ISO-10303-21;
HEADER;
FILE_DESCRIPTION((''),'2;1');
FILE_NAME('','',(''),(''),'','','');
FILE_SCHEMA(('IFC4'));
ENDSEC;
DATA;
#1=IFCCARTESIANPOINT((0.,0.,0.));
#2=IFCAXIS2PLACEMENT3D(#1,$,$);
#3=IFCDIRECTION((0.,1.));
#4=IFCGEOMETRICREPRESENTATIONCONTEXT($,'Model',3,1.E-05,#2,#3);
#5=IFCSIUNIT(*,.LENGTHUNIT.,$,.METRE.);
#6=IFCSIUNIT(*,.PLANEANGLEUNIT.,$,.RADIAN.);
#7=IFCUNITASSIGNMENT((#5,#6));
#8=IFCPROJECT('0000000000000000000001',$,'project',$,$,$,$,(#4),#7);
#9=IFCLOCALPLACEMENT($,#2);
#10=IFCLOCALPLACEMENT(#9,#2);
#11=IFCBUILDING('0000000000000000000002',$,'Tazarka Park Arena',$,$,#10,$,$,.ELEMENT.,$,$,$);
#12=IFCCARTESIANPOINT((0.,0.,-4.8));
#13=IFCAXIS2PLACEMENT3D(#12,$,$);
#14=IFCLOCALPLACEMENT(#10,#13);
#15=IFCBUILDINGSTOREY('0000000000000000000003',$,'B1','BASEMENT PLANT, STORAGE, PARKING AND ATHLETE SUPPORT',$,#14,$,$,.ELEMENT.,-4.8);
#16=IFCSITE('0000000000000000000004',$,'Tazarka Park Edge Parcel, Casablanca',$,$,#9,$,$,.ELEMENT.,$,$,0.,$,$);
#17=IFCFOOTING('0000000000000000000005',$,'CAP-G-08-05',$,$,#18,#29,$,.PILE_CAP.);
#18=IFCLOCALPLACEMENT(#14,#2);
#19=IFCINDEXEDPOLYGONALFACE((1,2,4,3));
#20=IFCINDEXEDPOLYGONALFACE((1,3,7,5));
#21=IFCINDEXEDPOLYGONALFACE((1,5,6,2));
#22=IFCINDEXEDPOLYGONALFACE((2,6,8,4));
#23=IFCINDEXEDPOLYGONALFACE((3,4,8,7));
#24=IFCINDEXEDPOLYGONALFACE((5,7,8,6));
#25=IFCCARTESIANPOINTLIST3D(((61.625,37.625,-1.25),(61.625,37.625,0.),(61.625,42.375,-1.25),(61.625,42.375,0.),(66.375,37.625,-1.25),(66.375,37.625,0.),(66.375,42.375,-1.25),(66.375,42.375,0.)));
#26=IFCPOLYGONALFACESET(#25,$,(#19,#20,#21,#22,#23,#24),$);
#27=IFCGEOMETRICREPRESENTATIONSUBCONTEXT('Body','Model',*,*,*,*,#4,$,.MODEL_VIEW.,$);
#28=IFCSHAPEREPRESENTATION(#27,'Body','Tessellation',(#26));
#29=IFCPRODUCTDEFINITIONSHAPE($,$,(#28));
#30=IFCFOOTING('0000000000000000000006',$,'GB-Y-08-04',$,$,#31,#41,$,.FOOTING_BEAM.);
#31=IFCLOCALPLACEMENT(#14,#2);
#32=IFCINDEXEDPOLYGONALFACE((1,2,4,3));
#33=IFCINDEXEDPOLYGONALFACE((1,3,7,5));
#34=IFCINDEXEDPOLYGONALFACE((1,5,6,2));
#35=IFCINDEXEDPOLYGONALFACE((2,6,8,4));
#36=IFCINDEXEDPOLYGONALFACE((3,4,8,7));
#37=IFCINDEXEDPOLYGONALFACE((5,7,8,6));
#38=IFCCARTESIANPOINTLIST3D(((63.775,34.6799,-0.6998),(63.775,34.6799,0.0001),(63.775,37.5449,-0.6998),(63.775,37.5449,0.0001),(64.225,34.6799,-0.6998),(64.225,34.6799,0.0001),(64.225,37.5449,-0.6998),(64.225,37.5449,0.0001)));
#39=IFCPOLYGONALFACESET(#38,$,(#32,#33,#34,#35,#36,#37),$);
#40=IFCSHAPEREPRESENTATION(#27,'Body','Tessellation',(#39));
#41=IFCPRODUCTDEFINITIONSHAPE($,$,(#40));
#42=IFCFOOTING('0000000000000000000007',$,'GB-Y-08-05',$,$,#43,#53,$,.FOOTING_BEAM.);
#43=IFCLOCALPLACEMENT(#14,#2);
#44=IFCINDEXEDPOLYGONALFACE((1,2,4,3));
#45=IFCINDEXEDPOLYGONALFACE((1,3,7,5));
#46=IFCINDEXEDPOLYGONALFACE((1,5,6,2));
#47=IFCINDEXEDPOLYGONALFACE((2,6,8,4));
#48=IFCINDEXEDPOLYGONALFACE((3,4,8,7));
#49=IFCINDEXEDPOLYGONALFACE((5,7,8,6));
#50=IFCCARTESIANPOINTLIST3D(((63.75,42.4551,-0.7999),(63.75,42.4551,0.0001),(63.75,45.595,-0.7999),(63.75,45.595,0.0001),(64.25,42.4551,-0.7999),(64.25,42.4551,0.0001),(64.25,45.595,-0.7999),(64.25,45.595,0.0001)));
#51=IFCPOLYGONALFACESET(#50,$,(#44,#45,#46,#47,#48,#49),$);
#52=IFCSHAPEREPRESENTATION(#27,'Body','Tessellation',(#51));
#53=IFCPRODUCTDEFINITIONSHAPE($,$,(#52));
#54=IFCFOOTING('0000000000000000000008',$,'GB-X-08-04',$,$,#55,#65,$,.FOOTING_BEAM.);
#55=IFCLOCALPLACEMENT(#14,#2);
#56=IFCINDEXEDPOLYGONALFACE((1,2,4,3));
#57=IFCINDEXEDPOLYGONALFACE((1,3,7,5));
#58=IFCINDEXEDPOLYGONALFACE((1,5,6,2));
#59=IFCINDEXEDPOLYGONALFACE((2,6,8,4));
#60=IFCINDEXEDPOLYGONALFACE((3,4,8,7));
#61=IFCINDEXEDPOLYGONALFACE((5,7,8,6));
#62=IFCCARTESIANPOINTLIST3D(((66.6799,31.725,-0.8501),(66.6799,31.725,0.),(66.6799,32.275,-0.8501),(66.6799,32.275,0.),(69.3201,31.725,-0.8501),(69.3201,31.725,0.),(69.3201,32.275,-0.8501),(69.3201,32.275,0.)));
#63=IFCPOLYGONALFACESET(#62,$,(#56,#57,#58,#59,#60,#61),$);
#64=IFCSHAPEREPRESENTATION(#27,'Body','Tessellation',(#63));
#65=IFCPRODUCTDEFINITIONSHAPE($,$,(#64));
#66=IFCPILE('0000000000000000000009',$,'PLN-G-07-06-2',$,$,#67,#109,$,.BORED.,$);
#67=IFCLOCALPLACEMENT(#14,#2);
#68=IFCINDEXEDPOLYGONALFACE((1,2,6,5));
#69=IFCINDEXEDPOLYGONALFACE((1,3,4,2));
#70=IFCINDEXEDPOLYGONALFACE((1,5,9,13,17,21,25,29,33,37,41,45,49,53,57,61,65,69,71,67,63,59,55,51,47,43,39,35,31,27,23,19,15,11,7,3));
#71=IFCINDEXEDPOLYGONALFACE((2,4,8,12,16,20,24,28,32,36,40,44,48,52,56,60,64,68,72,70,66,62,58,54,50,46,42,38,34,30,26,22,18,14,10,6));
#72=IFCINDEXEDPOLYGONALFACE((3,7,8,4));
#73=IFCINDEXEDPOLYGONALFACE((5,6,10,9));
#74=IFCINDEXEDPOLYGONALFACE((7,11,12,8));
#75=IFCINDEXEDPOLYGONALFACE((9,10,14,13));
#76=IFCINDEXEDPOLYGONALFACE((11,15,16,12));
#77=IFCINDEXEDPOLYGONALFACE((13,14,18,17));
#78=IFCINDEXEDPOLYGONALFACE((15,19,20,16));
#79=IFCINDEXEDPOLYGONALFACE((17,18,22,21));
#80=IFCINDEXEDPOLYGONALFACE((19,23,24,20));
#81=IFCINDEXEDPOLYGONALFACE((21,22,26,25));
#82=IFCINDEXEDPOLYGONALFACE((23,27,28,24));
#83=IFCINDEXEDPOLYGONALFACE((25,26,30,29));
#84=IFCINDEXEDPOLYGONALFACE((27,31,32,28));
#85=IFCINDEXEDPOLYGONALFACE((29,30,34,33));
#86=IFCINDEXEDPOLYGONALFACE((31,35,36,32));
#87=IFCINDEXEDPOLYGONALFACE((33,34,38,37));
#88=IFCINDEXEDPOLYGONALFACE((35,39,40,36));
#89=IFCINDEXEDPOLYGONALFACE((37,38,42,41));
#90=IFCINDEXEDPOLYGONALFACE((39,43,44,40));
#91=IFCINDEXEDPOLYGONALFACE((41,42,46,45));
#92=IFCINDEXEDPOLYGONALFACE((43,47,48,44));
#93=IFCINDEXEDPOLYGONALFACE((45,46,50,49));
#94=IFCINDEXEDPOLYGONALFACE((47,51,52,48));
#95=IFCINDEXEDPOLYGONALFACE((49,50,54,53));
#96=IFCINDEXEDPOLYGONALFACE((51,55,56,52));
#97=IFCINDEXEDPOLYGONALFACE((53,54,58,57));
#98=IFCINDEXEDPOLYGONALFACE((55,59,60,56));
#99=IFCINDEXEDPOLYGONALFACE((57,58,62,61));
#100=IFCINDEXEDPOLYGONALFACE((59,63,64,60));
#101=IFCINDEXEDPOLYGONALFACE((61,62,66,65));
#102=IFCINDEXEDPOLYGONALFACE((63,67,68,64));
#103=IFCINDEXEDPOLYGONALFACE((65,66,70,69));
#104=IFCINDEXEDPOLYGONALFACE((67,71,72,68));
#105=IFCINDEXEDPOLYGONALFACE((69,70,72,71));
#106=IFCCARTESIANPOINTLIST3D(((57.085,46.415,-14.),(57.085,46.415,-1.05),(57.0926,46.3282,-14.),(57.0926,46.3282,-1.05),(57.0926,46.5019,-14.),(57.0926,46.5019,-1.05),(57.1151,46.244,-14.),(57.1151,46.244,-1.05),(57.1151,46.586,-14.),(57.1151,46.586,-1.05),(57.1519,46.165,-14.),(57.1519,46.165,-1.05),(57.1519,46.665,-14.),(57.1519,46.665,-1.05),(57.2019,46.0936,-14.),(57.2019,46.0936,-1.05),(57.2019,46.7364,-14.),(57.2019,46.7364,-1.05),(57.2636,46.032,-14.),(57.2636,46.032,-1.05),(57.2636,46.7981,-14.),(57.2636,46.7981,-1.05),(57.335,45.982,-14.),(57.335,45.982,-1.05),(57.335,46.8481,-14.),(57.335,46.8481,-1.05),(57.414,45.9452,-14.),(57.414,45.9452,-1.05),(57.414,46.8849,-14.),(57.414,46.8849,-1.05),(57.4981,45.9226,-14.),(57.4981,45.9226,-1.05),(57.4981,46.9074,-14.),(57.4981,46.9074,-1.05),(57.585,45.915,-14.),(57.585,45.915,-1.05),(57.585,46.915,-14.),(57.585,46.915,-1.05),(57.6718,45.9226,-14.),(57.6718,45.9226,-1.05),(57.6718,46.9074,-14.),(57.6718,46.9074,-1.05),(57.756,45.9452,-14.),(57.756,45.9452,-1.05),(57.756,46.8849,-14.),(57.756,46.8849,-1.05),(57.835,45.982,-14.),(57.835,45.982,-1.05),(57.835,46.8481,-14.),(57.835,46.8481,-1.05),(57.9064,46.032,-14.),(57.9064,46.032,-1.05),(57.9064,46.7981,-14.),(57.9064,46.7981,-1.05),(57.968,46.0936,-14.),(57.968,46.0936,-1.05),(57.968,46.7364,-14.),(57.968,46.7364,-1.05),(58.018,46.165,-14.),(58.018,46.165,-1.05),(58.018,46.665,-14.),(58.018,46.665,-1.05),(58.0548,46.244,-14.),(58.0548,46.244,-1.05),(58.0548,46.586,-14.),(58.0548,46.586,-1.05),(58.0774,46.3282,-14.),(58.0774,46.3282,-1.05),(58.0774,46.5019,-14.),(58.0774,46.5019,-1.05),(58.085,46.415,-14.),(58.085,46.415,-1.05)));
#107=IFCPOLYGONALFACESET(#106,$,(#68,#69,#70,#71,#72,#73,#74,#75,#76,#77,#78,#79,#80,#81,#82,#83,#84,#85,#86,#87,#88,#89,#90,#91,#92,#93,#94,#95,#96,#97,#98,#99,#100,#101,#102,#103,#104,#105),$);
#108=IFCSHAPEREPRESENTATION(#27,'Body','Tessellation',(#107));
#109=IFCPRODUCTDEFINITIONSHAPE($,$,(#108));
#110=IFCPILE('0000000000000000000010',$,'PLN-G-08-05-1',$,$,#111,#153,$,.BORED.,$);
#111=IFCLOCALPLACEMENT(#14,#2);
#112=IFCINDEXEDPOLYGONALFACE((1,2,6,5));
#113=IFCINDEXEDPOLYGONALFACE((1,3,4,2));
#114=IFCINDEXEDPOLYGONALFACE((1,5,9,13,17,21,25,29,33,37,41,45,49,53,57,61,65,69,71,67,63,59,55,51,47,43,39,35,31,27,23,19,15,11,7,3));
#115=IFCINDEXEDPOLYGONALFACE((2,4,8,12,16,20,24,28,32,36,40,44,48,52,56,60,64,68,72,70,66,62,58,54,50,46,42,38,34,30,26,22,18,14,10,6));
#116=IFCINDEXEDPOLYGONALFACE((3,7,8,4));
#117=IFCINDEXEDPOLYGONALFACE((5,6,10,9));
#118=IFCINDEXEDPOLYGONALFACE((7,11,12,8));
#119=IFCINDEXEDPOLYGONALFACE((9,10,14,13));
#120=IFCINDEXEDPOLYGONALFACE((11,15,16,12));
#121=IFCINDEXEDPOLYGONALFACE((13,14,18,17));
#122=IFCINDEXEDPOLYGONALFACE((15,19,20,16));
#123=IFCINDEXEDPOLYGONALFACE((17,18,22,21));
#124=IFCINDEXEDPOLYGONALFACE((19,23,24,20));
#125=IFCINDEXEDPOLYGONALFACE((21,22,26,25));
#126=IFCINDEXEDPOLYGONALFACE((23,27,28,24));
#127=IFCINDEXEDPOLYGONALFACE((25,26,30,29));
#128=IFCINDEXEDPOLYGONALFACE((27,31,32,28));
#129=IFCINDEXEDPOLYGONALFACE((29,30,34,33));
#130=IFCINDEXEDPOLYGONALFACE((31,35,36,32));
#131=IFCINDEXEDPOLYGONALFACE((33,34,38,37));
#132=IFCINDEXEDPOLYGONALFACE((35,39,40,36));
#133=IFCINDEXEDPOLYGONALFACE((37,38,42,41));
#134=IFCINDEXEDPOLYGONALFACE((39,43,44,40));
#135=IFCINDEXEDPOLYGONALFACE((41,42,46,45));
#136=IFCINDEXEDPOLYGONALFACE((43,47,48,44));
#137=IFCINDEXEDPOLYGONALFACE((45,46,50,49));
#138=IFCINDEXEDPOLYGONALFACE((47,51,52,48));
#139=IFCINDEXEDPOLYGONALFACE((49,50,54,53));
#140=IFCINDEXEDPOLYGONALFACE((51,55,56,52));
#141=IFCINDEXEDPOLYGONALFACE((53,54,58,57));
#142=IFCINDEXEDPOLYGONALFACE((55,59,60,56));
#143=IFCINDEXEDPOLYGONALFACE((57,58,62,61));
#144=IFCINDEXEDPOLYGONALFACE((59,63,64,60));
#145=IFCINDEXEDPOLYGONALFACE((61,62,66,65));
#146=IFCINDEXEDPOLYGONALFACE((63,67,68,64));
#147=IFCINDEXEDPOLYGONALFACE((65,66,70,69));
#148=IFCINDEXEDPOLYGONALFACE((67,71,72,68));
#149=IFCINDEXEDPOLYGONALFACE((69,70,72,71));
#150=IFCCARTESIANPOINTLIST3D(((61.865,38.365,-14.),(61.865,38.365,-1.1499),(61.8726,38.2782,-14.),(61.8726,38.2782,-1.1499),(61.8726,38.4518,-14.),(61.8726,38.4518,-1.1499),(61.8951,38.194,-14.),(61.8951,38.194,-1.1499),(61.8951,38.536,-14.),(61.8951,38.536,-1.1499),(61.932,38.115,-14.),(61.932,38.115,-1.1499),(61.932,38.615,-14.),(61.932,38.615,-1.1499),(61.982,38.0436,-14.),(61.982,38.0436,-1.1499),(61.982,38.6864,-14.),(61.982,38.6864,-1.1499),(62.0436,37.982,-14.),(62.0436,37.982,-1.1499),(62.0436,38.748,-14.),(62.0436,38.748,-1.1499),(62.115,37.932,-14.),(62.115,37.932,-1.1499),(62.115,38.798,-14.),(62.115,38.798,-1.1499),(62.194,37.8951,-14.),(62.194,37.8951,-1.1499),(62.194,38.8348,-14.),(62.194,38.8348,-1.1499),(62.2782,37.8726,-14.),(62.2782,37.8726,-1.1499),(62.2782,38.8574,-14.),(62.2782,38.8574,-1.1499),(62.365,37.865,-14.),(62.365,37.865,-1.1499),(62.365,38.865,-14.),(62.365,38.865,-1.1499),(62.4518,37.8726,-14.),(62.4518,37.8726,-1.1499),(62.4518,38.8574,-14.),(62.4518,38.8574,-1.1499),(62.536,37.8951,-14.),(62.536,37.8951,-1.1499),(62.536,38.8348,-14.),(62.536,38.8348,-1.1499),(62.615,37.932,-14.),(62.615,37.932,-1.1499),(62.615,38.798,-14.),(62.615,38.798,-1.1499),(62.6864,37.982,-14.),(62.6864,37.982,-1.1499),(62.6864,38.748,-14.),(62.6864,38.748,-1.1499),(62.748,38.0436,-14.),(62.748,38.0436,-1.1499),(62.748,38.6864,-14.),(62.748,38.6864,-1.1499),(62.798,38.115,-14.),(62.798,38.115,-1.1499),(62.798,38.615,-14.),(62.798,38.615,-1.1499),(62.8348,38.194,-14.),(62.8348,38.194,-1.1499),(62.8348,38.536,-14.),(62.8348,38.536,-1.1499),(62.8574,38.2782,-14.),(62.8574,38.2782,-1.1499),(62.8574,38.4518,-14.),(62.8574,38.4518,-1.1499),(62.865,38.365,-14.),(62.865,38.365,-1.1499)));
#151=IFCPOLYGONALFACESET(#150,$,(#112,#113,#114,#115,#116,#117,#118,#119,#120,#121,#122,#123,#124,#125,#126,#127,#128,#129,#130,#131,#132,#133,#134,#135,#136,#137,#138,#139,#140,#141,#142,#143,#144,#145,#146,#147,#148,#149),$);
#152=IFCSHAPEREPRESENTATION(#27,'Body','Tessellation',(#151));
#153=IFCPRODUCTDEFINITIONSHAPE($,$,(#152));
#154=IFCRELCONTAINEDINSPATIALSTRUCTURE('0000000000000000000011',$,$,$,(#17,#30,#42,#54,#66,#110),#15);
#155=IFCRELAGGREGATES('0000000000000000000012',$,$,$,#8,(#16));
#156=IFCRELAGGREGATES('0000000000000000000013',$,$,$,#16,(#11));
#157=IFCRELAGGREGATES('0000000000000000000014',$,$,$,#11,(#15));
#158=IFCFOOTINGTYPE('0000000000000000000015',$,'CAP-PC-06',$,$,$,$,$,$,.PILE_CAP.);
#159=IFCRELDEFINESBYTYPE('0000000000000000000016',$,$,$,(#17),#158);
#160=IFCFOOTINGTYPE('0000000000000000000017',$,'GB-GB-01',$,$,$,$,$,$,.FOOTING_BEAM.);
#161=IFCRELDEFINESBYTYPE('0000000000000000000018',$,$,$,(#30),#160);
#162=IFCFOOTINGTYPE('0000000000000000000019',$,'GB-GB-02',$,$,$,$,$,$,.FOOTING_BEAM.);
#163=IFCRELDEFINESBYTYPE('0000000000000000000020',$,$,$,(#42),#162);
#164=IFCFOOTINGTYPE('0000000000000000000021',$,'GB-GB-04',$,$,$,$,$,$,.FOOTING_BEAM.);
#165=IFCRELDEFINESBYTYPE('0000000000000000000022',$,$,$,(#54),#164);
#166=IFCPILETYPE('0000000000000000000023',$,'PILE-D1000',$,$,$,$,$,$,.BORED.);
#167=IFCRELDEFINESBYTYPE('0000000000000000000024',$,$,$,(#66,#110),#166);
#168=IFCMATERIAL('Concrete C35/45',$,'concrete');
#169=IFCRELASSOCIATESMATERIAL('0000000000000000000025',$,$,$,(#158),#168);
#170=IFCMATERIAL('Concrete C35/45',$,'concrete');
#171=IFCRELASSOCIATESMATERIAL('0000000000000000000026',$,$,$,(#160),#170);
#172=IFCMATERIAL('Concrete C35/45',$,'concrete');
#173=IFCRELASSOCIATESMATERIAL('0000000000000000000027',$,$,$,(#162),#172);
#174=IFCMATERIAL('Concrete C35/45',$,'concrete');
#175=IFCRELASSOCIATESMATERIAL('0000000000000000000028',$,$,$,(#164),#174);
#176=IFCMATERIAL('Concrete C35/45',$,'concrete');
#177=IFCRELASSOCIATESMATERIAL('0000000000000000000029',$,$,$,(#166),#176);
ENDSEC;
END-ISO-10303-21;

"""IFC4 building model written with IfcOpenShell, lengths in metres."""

from ifc_helpers import new_model, si_unit, direction, frame, origin, origin_2d, place, context, subcontext, project, spatial, rectangle, circle, extrude, material, material_profile, profile_set, type_object, element, save


model = new_model("IFC4")

# Units and contexts
model_context = context("Model", 3, precision=1e-05, world=origin(), true_north=direction((0.0, 1.0)))
body_context = subcontext(model_context, "Body", "Model", "MODEL_VIEW")
ifc_project = project(units=[si_unit("LENGTHUNIT", "METRE"), si_unit("PLANEANGLEUNIT", "RADIAN")], contexts=[model_context])

# Site, building, storey
site_placement = place(None, origin())
site = spatial("IfcSite", under=ifc_project, at=site_placement, Name="Tazarka Park Edge Parcel, Casablanca", CompositionType="ELEMENT", RefElevation=0.0)
building_placement = place(site_placement, origin())
building = spatial("IfcBuilding", under=site, at=building_placement, Name="Tazarka Park Arena", CompositionType="ELEMENT")
storey_placement = place(building_placement, frame((0.0, 0.0, -4.8)))
storey = spatial("IfcBuildingStorey", under=building, at=storey_placement, Name="B1", Description="BASEMENT PLANT, STORAGE, PARKING AND ATHLETE SUPPORT", CompositionType="ELEMENT", Elevation=-4.8)

# Footings
ifc_material_1 = material(Name="Concrete C35/45", Category="concrete")
footing_type_1 = type_object("IfcFootingType", Name="CAP-PC-06", PredefinedType="PILE_CAP", material=ifc_material_1)
footing_1_placement = place(storey_placement, frame((64.0, 40.0, -1.25), z_axis=(0.0, 0.0, 1.0), x_axis=(1.0, 0.0, 0.0)))
element("IfcFooting", 1, at=footing_1_placement, inside=storey, type_object=footing_type_1, Name="CAP-G-08-05", PredefinedType="PILE_CAP", context=body_context, shape_type="SweptSolid", body=[
    extrude(rectangle(XDim=4.75, YDim=4.75, at=origin_2d()), origin(), (0.0, 0.0, 1.0), 1.25),
])
ifc_material_2 = material(Name="Concrete C35/45", Category="concrete")
ifc_material_profile_1 = material_profile(ifc_material_2, rectangle(XDim=0.45, YDim=0.7, at=origin_2d()), Name="Concrete C35/45")
ifc_profile_set_1 = profile_set([ifc_material_profile_1], Name="Concrete C35/45")
footing_type_2 = type_object("IfcFootingType", Name="GB-GB-01", PredefinedType="FOOTING_BEAM", material=ifc_profile_set_1)
footing_2_placement = place(storey_placement, frame((64.0, 34.6799, -0.3499), z_axis=(0.0, 1.0, 0.0), x_axis=(-1.0, 0.0, 0.0)))
element("IfcFooting", 2, at=footing_2_placement, inside=storey, type_object=footing_type_2, Name="GB-Y-08-04", PredefinedType="FOOTING_BEAM", context=body_context, shape_type="SweptSolid", body=[
    extrude(rectangle(XDim=0.45, YDim=0.7, at=origin_2d()), origin(), (0.0, 0.0, 1.0), 2.865),
])
ifc_material_3 = material(Name="Concrete C35/45", Category="concrete")
ifc_material_profile_2 = material_profile(ifc_material_3, rectangle(XDim=0.5, YDim=0.8, at=origin_2d()), Name="Concrete C35/45")
ifc_profile_set_2 = profile_set([ifc_material_profile_2], Name="Concrete C35/45")
footing_type_3 = type_object("IfcFootingType", Name="GB-GB-02", PredefinedType="FOOTING_BEAM", material=ifc_profile_set_2)
footing_3_placement = place(storey_placement, frame((64.0, 42.4551, -0.3999), z_axis=(0.0, 1.0, 0.0), x_axis=(-1.0, 0.0, 0.0)))
element("IfcFooting", 3, at=footing_3_placement, inside=storey, type_object=footing_type_3, Name="GB-Y-08-05", PredefinedType="FOOTING_BEAM", context=body_context, shape_type="SweptSolid", body=[
    extrude(rectangle(XDim=0.5, YDim=0.8, at=origin_2d()), origin(), (0.0, 0.0, 1.0), 3.1399),
])
ifc_material_4 = material(Name="Concrete C35/45", Category="concrete")
ifc_material_profile_3 = material_profile(ifc_material_4, rectangle(XDim=0.55, YDim=0.8501, at=origin_2d()), Name="Concrete C35/45")
ifc_profile_set_3 = profile_set([ifc_material_profile_3], Name="Concrete C35/45")
footing_type_4 = type_object("IfcFootingType", Name="GB-GB-04", PredefinedType="FOOTING_BEAM", material=ifc_profile_set_3)
footing_4_placement = place(storey_placement, frame((66.6799, 32.0, -0.425), z_axis=(1.0, 0.0, 0.0), x_axis=(0.0, 1.0, 0.0)))
element("IfcFooting", 4, at=footing_4_placement, inside=storey, type_object=footing_type_4, Name="GB-X-08-04", PredefinedType="FOOTING_BEAM", context=body_context, shape_type="SweptSolid", body=[
    extrude(rectangle(XDim=0.55, YDim=0.8501, at=origin_2d()), origin(), (0.0, 0.0, 1.0), 2.6401),
])

# Piles
ifc_material_5 = material(Name="Concrete C35/45", Category="concrete")
ifc_material_profile_4 = material_profile(ifc_material_5, circle(Radius=0.5, at=origin_2d()), Name="Concrete C35/45")
ifc_profile_set_4 = profile_set([ifc_material_profile_4], Name="Concrete C35/45")
pile_type_1 = type_object("IfcPileType", Name="PILE-D1000", PredefinedType="BORED", material=ifc_profile_set_4)
pile_1_placement = place(storey_placement, frame((57.585, 46.415, -1.05), z_axis=(0.0, 0.0, -1.0), x_axis=(1.0, 0.0, 0.0)))
element("IfcPile", 5, at=pile_1_placement, inside=storey, type_object=pile_type_1, Name="PLN-G-07-06-2", PredefinedType="BORED", context=body_context, shape_type="SweptSolid", body=[
    extrude(circle(Radius=0.5, at=origin_2d()), origin(), (0.0, 0.0, 1.0), 12.95),
])
for number, where, z_axis, x_axis, name in (
    (6, (62.365, 38.365, -1.1499), (0.0, 0.0, -1.0), (1.0, 0.0, 0.0), "PLN-G-08-05-1"),
):
    element("IfcPile", number, at=place(storey_placement, frame(where, z_axis=z_axis, x_axis=x_axis)), inside=storey, type_object=pile_type_1, Name=name, PredefinedType="BORED", context=body_context, shape_type="SweptSolid", body=[
        extrude(circle(Radius=0.5, at=origin_2d()), origin(), (0.0, 0.0, 1.0), 12.8501),
    ])

save(model, "model.ifc")
